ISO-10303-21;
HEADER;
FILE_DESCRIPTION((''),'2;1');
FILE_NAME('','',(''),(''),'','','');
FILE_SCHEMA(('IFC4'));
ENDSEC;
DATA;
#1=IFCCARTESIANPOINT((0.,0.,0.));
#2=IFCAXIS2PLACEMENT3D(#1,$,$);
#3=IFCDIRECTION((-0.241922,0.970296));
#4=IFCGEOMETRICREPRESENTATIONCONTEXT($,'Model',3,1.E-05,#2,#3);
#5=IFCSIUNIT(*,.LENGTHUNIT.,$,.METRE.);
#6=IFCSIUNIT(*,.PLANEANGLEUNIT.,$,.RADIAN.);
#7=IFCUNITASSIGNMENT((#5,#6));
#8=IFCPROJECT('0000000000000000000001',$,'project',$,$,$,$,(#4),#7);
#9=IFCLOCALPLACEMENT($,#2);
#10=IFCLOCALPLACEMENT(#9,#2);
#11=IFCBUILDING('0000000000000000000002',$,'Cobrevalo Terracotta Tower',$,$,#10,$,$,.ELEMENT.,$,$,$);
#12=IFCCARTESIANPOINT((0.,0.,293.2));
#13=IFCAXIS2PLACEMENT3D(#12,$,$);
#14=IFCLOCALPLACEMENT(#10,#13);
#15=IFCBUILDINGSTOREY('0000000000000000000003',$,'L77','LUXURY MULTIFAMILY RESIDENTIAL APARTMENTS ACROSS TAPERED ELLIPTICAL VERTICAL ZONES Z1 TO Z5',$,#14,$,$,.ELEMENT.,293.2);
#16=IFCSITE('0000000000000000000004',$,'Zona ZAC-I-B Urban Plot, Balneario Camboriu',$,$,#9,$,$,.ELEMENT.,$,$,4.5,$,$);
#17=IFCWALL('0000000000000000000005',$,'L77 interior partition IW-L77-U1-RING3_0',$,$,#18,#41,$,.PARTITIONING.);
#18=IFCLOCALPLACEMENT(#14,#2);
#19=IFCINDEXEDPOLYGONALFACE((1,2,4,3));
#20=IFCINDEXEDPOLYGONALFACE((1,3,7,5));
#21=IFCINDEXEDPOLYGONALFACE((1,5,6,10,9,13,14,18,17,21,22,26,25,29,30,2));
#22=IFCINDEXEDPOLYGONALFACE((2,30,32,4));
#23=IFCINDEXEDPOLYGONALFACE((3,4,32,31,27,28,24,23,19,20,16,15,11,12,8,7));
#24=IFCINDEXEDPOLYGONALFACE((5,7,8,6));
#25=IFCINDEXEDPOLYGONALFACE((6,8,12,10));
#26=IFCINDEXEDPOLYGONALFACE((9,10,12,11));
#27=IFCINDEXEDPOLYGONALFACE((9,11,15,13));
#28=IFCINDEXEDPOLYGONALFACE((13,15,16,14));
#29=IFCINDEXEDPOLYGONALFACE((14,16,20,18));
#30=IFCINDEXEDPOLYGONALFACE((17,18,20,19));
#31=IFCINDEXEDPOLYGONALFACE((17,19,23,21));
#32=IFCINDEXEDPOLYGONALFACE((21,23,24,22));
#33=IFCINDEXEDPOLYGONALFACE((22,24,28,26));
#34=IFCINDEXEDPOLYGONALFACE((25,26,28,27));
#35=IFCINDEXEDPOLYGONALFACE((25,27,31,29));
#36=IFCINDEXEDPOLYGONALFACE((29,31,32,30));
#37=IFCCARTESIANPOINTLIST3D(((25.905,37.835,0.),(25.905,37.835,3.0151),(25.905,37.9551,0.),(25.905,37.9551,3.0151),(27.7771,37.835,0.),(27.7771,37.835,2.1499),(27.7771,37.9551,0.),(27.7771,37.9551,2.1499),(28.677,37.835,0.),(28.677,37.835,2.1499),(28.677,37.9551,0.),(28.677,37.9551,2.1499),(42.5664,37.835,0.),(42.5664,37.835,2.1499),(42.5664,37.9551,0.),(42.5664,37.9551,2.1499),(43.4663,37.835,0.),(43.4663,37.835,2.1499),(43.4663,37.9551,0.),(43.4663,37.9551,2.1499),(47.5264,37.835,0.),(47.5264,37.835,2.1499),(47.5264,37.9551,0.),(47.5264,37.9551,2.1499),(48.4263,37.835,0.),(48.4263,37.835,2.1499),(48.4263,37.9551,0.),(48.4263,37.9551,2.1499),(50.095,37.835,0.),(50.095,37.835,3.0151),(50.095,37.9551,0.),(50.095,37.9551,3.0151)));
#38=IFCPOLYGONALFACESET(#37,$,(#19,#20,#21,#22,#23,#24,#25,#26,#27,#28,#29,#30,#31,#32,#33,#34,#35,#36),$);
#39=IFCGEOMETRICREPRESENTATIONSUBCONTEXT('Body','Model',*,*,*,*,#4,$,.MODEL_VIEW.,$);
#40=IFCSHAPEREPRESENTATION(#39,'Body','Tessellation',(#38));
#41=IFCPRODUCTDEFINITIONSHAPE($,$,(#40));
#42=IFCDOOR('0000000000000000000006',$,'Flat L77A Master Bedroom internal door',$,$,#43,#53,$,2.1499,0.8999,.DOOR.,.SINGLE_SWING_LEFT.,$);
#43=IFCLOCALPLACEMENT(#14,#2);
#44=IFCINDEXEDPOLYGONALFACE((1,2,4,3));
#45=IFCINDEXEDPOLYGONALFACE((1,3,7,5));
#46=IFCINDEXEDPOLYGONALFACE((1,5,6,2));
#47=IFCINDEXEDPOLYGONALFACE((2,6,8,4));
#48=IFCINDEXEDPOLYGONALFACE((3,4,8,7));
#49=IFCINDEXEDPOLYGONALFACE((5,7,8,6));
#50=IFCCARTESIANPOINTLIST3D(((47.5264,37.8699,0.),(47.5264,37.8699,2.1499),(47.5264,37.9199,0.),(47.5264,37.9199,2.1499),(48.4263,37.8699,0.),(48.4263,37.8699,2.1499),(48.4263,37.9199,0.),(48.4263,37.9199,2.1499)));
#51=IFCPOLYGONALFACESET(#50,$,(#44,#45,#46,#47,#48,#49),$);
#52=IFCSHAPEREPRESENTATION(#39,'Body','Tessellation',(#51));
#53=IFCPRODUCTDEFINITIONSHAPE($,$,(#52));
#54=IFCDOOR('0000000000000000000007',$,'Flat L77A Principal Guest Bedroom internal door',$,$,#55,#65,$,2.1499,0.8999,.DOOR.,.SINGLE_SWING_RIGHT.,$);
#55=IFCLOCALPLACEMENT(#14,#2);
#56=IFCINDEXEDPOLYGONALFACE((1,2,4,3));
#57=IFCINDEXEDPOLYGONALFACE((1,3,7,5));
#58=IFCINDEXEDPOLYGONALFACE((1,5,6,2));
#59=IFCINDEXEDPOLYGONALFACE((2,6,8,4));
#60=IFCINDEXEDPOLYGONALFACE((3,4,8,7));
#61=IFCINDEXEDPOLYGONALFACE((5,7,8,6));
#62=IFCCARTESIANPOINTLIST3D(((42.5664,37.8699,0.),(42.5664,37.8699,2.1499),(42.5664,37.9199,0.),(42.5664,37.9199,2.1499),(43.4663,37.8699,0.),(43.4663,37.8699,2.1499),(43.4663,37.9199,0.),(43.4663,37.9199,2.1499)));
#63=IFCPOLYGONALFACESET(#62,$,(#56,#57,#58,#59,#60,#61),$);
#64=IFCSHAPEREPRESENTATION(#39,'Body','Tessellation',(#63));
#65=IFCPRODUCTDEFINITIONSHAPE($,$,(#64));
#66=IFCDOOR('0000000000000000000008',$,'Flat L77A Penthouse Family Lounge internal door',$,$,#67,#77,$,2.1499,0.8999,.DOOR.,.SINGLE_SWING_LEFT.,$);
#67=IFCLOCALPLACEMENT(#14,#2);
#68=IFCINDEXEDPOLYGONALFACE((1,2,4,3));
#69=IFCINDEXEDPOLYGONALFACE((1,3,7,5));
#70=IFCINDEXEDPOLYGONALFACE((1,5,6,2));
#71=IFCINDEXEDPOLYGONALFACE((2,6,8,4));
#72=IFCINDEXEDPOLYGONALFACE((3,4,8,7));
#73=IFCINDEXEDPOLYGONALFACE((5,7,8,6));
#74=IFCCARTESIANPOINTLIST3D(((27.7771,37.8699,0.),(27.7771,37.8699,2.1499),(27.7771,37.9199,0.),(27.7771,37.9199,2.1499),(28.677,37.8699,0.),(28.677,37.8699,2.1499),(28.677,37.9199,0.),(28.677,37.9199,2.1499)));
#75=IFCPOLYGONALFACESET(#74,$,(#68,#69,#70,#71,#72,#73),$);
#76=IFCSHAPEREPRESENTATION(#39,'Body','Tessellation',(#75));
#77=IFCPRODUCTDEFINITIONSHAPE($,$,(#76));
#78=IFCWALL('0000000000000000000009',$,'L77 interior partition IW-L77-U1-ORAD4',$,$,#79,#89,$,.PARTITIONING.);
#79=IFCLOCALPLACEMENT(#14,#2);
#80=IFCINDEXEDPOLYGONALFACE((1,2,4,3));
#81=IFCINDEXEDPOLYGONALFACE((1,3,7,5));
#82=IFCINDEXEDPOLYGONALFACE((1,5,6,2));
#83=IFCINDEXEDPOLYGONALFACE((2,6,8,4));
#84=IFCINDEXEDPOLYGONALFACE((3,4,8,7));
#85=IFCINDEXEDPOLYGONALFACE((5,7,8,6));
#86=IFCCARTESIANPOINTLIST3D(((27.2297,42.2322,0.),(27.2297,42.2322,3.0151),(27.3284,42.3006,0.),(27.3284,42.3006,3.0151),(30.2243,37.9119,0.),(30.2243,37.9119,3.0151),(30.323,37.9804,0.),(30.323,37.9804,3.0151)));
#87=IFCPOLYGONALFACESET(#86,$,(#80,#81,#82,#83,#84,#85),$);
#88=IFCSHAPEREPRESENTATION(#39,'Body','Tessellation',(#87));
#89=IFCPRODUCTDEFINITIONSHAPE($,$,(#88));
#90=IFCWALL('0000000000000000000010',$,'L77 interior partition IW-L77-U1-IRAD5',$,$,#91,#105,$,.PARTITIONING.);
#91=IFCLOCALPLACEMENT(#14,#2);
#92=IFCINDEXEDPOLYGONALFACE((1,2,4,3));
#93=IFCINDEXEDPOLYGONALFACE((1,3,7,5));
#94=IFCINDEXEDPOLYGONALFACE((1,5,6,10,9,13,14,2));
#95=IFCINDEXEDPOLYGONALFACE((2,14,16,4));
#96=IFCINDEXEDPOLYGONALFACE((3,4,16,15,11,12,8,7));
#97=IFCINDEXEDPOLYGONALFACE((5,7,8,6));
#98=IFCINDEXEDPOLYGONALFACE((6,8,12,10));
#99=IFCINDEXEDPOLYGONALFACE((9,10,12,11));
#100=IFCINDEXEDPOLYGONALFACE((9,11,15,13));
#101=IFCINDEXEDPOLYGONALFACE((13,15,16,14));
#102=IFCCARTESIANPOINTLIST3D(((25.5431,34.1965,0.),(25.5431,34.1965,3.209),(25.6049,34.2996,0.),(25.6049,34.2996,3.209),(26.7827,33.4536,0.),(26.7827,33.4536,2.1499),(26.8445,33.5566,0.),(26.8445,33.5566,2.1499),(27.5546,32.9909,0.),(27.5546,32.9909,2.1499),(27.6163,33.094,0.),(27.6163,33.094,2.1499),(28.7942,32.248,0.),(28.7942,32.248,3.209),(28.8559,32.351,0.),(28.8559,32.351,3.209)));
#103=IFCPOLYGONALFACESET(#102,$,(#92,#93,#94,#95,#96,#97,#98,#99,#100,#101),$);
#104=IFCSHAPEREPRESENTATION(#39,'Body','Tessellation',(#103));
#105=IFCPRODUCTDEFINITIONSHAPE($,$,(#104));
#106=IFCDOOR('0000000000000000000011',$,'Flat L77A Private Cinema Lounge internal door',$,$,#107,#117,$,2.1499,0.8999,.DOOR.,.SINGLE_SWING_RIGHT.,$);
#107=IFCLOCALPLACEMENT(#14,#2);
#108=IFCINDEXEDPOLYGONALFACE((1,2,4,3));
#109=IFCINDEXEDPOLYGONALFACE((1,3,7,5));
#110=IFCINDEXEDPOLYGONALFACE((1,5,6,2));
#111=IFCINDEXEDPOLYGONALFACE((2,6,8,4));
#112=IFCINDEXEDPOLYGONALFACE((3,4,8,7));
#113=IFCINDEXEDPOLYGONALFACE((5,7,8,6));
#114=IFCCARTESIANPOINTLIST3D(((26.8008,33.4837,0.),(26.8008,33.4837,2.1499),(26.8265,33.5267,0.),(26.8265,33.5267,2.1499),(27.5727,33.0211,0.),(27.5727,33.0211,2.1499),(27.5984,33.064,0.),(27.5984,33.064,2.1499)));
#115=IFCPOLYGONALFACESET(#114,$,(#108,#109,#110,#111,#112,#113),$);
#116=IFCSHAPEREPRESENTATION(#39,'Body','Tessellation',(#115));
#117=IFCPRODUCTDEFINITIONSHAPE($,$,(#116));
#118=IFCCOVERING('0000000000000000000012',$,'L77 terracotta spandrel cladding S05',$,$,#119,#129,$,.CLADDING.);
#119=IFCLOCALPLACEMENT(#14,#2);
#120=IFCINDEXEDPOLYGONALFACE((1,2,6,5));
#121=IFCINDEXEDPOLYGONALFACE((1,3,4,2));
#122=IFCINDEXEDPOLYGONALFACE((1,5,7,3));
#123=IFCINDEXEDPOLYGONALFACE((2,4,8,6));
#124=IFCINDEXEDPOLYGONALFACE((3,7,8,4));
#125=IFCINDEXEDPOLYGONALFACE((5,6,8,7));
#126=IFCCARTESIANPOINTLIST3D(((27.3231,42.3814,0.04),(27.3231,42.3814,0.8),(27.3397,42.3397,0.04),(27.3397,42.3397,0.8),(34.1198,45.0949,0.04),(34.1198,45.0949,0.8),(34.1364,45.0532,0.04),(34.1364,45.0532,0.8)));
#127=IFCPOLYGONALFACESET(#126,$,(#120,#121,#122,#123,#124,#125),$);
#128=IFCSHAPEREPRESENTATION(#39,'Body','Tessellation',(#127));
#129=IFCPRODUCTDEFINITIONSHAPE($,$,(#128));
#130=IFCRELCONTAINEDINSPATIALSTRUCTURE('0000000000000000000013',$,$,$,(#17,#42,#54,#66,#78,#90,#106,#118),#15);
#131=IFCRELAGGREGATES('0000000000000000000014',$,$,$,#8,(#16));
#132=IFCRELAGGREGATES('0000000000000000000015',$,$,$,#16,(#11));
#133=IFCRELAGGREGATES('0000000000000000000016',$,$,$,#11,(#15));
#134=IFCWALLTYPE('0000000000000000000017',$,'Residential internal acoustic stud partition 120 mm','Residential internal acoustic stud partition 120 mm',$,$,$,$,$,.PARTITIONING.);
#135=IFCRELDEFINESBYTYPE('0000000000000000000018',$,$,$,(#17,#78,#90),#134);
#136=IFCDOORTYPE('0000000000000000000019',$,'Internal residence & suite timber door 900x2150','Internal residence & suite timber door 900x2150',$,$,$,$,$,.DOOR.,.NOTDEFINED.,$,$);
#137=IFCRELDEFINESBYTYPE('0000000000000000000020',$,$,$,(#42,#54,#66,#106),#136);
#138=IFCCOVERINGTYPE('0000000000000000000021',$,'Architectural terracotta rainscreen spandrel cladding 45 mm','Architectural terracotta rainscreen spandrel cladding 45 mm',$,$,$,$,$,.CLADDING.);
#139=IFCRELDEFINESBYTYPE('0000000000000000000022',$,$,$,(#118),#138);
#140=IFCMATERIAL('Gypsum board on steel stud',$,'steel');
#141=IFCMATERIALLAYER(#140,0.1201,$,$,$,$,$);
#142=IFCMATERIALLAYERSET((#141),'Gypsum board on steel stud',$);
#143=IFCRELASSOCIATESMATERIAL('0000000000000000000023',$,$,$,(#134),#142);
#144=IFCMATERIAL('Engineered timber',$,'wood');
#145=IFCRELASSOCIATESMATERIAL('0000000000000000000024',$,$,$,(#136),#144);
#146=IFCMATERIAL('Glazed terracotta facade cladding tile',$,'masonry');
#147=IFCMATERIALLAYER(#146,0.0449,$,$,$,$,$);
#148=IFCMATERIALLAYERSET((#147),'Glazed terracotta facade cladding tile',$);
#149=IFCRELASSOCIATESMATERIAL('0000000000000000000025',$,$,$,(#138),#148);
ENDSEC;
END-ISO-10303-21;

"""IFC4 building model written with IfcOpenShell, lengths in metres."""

from ifc_helpers import new_model, si_unit, direction, frame, frame_2d, origin, origin_2d, place, context, subcontext, project, spatial, rectangle, extrude, source, transform, mapped, material, layer, layer_set, type_object, element, fill, save


model = new_model("IFC4")

# Units and contexts
model_context = context("Model", 3, precision=1e-05, world=origin(), true_north=direction((-0.241922, 0.970296)))
body_context = subcontext(model_context, "Body", "Model", "MODEL_VIEW")
ifc_project = project(units=[si_unit("LENGTHUNIT", "METRE"), si_unit("PLANEANGLEUNIT", "RADIAN")], contexts=[model_context])

# Site, building, storey
site_placement = place(None, origin())
site = spatial("IfcSite", under=ifc_project, at=site_placement, Name="Zona ZAC-I-B Urban Plot, Balneario Camboriu", CompositionType="ELEMENT", RefElevation=4.5)
building_placement = place(site_placement, origin())
building = spatial("IfcBuilding", under=site, at=building_placement, Name="Cobrevalo Terracotta Tower", CompositionType="ELEMENT")
storey_placement = place(building_placement, frame((0.0, 0.0, 293.2)))
storey = spatial("IfcBuildingStorey", under=building, at=storey_placement, Name="L77", Description="LUXURY MULTIFAMILY RESIDENTIAL APARTMENTS ACROSS TAPERED ELLIPTICAL VERTICAL ZONES Z1 TO Z5", CompositionType="ELEMENT", Elevation=293.2)

# Shared definitions
ifc_material_1 = material(Name="Gypsum board on steel stud", Category="steel")

# Shared definitions
ifc_layer_1 = layer(ifc_material_1, 0.1201)
ifc_layer_set_1 = layer_set([ifc_layer_1], Name="Gypsum board on steel stud")
wall_type_1 = type_object("IfcWallType", Name="Residential internal acoustic stud partition 120 mm", Description="Residential internal acoustic stud partition 120 mm", PredefinedType="PARTITIONING", material=ifc_layer_set_1)

# Wall, openings, doors
wall_1_placement = place(storey_placement, frame((25.905, 37.895, 0.0), z_axis=(0.0, 0.0, 1.0), x_axis=(1.0, 0.0, 0.0)))
wall_1 = element("IfcWall", 1, at=wall_1_placement, inside=storey, type_object=wall_type_1, Name="L77 interior partition IW-L77-U1-RING3_0", PredefinedType="PARTITIONING", context=body_context, shape_type="SweptSolid", body=[
    extrude(rectangle(XDim=24.1899, YDim=0.1201, at=frame_2d((12.095, 0.0))), origin(), (0.0, 0.0, 1.0), 3.0151),
])
opening_1_placement = place(wall_1_placement, frame((21.6213, 0.0, 0.0)))
opening_1 = element("IfcOpeningElement", 2, at=opening_1_placement, cuts=wall_1, PredefinedType="OPENING", context=body_context, shape_type="SweptSolid", body=[
    extrude(rectangle(XDim=0.8999, YDim=2.1499, at=frame_2d((0.45, 1.075))), frame((0.0, 0.0701, 0.0), z_axis=(0.0, -1.0, 0.0), x_axis=(1.0, 0.0, 0.0)), (0.0, 0.0, 1.0), 0.1401),
])
opening_2_placement = place(wall_1_placement, frame((16.6614, 0.0, 0.0)))
opening_2 = element("IfcOpeningElement", 3, at=opening_2_placement, cuts=wall_1, PredefinedType="OPENING", context=body_context, shape_type="SweptSolid", body=[
    extrude(rectangle(XDim=0.8999, YDim=2.1499, at=frame_2d((0.45, 1.075))), frame((0.0, 0.0701, 0.0), z_axis=(0.0, -1.0, 0.0), x_axis=(1.0, 0.0, 0.0)), (0.0, 0.0, 1.0), 0.1401),
])
opening_3_placement = place(wall_1_placement, frame((1.8721, 0.0, 0.0)))
opening_3 = element("IfcOpeningElement", 4, at=opening_3_placement, cuts=wall_1, PredefinedType="OPENING", context=body_context, shape_type="SweptSolid", body=[
    extrude(rectangle(XDim=0.8999, YDim=2.1499, at=frame_2d((0.45, 1.075))), frame((0.0, 0.0701, 0.0), z_axis=(0.0, -1.0, 0.0), x_axis=(1.0, 0.0, 0.0)), (0.0, 0.0, 1.0), 0.1401),
])
ifc_material_2 = material(Name="Engineered timber", Category="wood")
door_type = type_object("IfcDoorType", Name="Internal residence & suite timber door 900x2150", Description="Internal residence & suite timber door 900x2150", OperationType="NOTDEFINED", PredefinedType="DOOR", material=ifc_material_2)
shared_shape_1 = source(origin(), body_context, "Body", "SweptSolid", [
    extrude(rectangle(XDim=0.8999, YDim=2.1499, at=frame_2d((0.45, 1.075))), frame((0.0, 0.0249, 0.0), z_axis=(0.0, -1.0, 0.0), x_axis=(1.0, 0.0, 0.0)), (0.0, 0.0, 1.0), 0.05),
])
door_1_placement = place(opening_1_placement, origin())
door_1 = element("IfcDoor", 5, at=door_1_placement, inside=storey, type_object=door_type, Name="Flat L77A Master Bedroom internal door", OperationType="SINGLE_SWING_LEFT", OverallHeight=2.1499, OverallWidth=0.8999, PredefinedType="DOOR", context=body_context, shape_type="MappedRepresentation", body=[
    mapped(shared_shape_1, transform((0.0, 0.0, 0.0), scale=1.0)),
])
fill(opening_1, door_1)
door_2_placement = place(opening_2_placement, origin())
door_2 = element("IfcDoor", 6, at=door_2_placement, inside=storey, type_object=door_type, Name="Flat L77A Principal Guest Bedroom internal door", OperationType="SINGLE_SWING_RIGHT", OverallHeight=2.1499, OverallWidth=0.8999, PredefinedType="DOOR", context=body_context, shape_type="MappedRepresentation", body=[
    mapped(shared_shape_1, transform((0.0, 0.0, 0.0), scale=1.0)),
])
fill(opening_2, door_2)
door_3_placement = place(opening_3_placement, origin())
door_3 = element("IfcDoor", 7, at=door_3_placement, inside=storey, type_object=door_type, Name="Flat L77A Penthouse Family Lounge internal door", OperationType="SINGLE_SWING_LEFT", OverallHeight=2.1499, OverallWidth=0.8999, PredefinedType="DOOR", context=body_context, shape_type="MappedRepresentation", body=[
    mapped(shared_shape_1, transform((0.0, 0.0, 0.0), scale=1.0)),
])
fill(opening_3, door_3)

# Wall
wall_2_placement = place(storey_placement, frame((30.2737, 37.946, 0.0), z_axis=(0.0, 0.0, 1.0), x_axis=(-0.569678, 0.821868, 0.0)))
element("IfcWall", 8, at=wall_2_placement, inside=storey, type_object=wall_type_1, Name="L77 interior partition IW-L77-U1-ORAD4", PredefinedType="PARTITIONING", context=body_context, shape_type="SweptSolid", body=[
    extrude(rectangle(XDim=5.2566, YDim=0.1201, at=frame_2d((2.6284, 0.0))), origin(), (0.0, 0.0, 1.0), 3.0151),
])

# Wall, opening, door
wall_3_placement = place(storey_placement, frame((28.825, 32.2996, 0.0), z_axis=(0.0, 0.0, 1.0), x_axis=(-0.857737, 0.514088, 0.0)))
wall_3 = element("IfcWall", 9, at=wall_3_placement, inside=storey, type_object=wall_type_1, Name="L77 interior partition IW-L77-U1-IRAD5", PredefinedType="PARTITIONING", context=body_context, shape_type="SweptSolid", body=[
    extrude(rectangle(XDim=3.7903, YDim=0.1201, at=frame_2d((1.895, 0.0))), origin(), (0.0, 0.0, 1.0), 3.209),
])
opening_4_placement = place(wall_3_placement, frame((1.4451, 0.0, 0.0)))
opening_4 = element("IfcOpeningElement", 10, at=opening_4_placement, cuts=wall_3, PredefinedType="OPENING", context=body_context, shape_type="SweptSolid", body=[
    extrude(rectangle(XDim=0.8999, YDim=2.1499, at=frame_2d((0.45, 1.075))), frame((0.0, 0.0701, 0.0), z_axis=(0.0, -1.0, 0.0), x_axis=(1.0, 0.0, 0.0)), (0.0, 0.0, 1.0), 0.1401),
])
door_4_placement = place(opening_4_placement, origin())
door_4 = element("IfcDoor", 11, at=door_4_placement, inside=storey, type_object=door_type, Name="Flat L77A Private Cinema Lounge internal door", OperationType="SINGLE_SWING_RIGHT", OverallHeight=2.1499, OverallWidth=0.8999, PredefinedType="DOOR", context=body_context, shape_type="MappedRepresentation", body=[
    mapped(shared_shape_1, transform((0.0, 0.0, 0.0), scale=1.0)),
])
fill(opening_4, door_4)

# Covering
ifc_material_3 = material(Name="Glazed terracotta facade cladding tile", Category="masonry")
ifc_layer_2 = layer(ifc_material_3, 0.0449)
ifc_layer_set_2 = layer_set([ifc_layer_2], Name="Glazed terracotta facade cladding tile")
covering_type = type_object("IfcCoveringType", Name="Architectural terracotta rainscreen spandrel cladding 45 mm", Description="Architectural terracotta rainscreen spandrel cladding 45 mm", PredefinedType="CLADDING", material=ifc_layer_set_2)
shared_shape_2 = source(origin(), body_context, "Body", "SweptSolid", [
    extrude(rectangle(XDim=7.3184, YDim=0.0449, at=origin_2d()), origin(), (0.0, 0.0, 1.0), 0.76),
])
covering_placement = place(storey_placement, frame((30.7297, 43.7173, 0.04), z_axis=(0.0, 0.0, 1.0), x_axis=(-0.928718, -0.370786, 0.0)))
element("IfcCovering", 12, at=covering_placement, inside=storey, type_object=covering_type, Name="L77 terracotta spandrel cladding S05", PredefinedType="CLADDING", context=body_context, shape_type="MappedRepresentation", body=[
    mapped(shared_shape_2, transform((0.0, 0.0, 0.0), scale=1.0)),
])

save(model, "model.ifc")
